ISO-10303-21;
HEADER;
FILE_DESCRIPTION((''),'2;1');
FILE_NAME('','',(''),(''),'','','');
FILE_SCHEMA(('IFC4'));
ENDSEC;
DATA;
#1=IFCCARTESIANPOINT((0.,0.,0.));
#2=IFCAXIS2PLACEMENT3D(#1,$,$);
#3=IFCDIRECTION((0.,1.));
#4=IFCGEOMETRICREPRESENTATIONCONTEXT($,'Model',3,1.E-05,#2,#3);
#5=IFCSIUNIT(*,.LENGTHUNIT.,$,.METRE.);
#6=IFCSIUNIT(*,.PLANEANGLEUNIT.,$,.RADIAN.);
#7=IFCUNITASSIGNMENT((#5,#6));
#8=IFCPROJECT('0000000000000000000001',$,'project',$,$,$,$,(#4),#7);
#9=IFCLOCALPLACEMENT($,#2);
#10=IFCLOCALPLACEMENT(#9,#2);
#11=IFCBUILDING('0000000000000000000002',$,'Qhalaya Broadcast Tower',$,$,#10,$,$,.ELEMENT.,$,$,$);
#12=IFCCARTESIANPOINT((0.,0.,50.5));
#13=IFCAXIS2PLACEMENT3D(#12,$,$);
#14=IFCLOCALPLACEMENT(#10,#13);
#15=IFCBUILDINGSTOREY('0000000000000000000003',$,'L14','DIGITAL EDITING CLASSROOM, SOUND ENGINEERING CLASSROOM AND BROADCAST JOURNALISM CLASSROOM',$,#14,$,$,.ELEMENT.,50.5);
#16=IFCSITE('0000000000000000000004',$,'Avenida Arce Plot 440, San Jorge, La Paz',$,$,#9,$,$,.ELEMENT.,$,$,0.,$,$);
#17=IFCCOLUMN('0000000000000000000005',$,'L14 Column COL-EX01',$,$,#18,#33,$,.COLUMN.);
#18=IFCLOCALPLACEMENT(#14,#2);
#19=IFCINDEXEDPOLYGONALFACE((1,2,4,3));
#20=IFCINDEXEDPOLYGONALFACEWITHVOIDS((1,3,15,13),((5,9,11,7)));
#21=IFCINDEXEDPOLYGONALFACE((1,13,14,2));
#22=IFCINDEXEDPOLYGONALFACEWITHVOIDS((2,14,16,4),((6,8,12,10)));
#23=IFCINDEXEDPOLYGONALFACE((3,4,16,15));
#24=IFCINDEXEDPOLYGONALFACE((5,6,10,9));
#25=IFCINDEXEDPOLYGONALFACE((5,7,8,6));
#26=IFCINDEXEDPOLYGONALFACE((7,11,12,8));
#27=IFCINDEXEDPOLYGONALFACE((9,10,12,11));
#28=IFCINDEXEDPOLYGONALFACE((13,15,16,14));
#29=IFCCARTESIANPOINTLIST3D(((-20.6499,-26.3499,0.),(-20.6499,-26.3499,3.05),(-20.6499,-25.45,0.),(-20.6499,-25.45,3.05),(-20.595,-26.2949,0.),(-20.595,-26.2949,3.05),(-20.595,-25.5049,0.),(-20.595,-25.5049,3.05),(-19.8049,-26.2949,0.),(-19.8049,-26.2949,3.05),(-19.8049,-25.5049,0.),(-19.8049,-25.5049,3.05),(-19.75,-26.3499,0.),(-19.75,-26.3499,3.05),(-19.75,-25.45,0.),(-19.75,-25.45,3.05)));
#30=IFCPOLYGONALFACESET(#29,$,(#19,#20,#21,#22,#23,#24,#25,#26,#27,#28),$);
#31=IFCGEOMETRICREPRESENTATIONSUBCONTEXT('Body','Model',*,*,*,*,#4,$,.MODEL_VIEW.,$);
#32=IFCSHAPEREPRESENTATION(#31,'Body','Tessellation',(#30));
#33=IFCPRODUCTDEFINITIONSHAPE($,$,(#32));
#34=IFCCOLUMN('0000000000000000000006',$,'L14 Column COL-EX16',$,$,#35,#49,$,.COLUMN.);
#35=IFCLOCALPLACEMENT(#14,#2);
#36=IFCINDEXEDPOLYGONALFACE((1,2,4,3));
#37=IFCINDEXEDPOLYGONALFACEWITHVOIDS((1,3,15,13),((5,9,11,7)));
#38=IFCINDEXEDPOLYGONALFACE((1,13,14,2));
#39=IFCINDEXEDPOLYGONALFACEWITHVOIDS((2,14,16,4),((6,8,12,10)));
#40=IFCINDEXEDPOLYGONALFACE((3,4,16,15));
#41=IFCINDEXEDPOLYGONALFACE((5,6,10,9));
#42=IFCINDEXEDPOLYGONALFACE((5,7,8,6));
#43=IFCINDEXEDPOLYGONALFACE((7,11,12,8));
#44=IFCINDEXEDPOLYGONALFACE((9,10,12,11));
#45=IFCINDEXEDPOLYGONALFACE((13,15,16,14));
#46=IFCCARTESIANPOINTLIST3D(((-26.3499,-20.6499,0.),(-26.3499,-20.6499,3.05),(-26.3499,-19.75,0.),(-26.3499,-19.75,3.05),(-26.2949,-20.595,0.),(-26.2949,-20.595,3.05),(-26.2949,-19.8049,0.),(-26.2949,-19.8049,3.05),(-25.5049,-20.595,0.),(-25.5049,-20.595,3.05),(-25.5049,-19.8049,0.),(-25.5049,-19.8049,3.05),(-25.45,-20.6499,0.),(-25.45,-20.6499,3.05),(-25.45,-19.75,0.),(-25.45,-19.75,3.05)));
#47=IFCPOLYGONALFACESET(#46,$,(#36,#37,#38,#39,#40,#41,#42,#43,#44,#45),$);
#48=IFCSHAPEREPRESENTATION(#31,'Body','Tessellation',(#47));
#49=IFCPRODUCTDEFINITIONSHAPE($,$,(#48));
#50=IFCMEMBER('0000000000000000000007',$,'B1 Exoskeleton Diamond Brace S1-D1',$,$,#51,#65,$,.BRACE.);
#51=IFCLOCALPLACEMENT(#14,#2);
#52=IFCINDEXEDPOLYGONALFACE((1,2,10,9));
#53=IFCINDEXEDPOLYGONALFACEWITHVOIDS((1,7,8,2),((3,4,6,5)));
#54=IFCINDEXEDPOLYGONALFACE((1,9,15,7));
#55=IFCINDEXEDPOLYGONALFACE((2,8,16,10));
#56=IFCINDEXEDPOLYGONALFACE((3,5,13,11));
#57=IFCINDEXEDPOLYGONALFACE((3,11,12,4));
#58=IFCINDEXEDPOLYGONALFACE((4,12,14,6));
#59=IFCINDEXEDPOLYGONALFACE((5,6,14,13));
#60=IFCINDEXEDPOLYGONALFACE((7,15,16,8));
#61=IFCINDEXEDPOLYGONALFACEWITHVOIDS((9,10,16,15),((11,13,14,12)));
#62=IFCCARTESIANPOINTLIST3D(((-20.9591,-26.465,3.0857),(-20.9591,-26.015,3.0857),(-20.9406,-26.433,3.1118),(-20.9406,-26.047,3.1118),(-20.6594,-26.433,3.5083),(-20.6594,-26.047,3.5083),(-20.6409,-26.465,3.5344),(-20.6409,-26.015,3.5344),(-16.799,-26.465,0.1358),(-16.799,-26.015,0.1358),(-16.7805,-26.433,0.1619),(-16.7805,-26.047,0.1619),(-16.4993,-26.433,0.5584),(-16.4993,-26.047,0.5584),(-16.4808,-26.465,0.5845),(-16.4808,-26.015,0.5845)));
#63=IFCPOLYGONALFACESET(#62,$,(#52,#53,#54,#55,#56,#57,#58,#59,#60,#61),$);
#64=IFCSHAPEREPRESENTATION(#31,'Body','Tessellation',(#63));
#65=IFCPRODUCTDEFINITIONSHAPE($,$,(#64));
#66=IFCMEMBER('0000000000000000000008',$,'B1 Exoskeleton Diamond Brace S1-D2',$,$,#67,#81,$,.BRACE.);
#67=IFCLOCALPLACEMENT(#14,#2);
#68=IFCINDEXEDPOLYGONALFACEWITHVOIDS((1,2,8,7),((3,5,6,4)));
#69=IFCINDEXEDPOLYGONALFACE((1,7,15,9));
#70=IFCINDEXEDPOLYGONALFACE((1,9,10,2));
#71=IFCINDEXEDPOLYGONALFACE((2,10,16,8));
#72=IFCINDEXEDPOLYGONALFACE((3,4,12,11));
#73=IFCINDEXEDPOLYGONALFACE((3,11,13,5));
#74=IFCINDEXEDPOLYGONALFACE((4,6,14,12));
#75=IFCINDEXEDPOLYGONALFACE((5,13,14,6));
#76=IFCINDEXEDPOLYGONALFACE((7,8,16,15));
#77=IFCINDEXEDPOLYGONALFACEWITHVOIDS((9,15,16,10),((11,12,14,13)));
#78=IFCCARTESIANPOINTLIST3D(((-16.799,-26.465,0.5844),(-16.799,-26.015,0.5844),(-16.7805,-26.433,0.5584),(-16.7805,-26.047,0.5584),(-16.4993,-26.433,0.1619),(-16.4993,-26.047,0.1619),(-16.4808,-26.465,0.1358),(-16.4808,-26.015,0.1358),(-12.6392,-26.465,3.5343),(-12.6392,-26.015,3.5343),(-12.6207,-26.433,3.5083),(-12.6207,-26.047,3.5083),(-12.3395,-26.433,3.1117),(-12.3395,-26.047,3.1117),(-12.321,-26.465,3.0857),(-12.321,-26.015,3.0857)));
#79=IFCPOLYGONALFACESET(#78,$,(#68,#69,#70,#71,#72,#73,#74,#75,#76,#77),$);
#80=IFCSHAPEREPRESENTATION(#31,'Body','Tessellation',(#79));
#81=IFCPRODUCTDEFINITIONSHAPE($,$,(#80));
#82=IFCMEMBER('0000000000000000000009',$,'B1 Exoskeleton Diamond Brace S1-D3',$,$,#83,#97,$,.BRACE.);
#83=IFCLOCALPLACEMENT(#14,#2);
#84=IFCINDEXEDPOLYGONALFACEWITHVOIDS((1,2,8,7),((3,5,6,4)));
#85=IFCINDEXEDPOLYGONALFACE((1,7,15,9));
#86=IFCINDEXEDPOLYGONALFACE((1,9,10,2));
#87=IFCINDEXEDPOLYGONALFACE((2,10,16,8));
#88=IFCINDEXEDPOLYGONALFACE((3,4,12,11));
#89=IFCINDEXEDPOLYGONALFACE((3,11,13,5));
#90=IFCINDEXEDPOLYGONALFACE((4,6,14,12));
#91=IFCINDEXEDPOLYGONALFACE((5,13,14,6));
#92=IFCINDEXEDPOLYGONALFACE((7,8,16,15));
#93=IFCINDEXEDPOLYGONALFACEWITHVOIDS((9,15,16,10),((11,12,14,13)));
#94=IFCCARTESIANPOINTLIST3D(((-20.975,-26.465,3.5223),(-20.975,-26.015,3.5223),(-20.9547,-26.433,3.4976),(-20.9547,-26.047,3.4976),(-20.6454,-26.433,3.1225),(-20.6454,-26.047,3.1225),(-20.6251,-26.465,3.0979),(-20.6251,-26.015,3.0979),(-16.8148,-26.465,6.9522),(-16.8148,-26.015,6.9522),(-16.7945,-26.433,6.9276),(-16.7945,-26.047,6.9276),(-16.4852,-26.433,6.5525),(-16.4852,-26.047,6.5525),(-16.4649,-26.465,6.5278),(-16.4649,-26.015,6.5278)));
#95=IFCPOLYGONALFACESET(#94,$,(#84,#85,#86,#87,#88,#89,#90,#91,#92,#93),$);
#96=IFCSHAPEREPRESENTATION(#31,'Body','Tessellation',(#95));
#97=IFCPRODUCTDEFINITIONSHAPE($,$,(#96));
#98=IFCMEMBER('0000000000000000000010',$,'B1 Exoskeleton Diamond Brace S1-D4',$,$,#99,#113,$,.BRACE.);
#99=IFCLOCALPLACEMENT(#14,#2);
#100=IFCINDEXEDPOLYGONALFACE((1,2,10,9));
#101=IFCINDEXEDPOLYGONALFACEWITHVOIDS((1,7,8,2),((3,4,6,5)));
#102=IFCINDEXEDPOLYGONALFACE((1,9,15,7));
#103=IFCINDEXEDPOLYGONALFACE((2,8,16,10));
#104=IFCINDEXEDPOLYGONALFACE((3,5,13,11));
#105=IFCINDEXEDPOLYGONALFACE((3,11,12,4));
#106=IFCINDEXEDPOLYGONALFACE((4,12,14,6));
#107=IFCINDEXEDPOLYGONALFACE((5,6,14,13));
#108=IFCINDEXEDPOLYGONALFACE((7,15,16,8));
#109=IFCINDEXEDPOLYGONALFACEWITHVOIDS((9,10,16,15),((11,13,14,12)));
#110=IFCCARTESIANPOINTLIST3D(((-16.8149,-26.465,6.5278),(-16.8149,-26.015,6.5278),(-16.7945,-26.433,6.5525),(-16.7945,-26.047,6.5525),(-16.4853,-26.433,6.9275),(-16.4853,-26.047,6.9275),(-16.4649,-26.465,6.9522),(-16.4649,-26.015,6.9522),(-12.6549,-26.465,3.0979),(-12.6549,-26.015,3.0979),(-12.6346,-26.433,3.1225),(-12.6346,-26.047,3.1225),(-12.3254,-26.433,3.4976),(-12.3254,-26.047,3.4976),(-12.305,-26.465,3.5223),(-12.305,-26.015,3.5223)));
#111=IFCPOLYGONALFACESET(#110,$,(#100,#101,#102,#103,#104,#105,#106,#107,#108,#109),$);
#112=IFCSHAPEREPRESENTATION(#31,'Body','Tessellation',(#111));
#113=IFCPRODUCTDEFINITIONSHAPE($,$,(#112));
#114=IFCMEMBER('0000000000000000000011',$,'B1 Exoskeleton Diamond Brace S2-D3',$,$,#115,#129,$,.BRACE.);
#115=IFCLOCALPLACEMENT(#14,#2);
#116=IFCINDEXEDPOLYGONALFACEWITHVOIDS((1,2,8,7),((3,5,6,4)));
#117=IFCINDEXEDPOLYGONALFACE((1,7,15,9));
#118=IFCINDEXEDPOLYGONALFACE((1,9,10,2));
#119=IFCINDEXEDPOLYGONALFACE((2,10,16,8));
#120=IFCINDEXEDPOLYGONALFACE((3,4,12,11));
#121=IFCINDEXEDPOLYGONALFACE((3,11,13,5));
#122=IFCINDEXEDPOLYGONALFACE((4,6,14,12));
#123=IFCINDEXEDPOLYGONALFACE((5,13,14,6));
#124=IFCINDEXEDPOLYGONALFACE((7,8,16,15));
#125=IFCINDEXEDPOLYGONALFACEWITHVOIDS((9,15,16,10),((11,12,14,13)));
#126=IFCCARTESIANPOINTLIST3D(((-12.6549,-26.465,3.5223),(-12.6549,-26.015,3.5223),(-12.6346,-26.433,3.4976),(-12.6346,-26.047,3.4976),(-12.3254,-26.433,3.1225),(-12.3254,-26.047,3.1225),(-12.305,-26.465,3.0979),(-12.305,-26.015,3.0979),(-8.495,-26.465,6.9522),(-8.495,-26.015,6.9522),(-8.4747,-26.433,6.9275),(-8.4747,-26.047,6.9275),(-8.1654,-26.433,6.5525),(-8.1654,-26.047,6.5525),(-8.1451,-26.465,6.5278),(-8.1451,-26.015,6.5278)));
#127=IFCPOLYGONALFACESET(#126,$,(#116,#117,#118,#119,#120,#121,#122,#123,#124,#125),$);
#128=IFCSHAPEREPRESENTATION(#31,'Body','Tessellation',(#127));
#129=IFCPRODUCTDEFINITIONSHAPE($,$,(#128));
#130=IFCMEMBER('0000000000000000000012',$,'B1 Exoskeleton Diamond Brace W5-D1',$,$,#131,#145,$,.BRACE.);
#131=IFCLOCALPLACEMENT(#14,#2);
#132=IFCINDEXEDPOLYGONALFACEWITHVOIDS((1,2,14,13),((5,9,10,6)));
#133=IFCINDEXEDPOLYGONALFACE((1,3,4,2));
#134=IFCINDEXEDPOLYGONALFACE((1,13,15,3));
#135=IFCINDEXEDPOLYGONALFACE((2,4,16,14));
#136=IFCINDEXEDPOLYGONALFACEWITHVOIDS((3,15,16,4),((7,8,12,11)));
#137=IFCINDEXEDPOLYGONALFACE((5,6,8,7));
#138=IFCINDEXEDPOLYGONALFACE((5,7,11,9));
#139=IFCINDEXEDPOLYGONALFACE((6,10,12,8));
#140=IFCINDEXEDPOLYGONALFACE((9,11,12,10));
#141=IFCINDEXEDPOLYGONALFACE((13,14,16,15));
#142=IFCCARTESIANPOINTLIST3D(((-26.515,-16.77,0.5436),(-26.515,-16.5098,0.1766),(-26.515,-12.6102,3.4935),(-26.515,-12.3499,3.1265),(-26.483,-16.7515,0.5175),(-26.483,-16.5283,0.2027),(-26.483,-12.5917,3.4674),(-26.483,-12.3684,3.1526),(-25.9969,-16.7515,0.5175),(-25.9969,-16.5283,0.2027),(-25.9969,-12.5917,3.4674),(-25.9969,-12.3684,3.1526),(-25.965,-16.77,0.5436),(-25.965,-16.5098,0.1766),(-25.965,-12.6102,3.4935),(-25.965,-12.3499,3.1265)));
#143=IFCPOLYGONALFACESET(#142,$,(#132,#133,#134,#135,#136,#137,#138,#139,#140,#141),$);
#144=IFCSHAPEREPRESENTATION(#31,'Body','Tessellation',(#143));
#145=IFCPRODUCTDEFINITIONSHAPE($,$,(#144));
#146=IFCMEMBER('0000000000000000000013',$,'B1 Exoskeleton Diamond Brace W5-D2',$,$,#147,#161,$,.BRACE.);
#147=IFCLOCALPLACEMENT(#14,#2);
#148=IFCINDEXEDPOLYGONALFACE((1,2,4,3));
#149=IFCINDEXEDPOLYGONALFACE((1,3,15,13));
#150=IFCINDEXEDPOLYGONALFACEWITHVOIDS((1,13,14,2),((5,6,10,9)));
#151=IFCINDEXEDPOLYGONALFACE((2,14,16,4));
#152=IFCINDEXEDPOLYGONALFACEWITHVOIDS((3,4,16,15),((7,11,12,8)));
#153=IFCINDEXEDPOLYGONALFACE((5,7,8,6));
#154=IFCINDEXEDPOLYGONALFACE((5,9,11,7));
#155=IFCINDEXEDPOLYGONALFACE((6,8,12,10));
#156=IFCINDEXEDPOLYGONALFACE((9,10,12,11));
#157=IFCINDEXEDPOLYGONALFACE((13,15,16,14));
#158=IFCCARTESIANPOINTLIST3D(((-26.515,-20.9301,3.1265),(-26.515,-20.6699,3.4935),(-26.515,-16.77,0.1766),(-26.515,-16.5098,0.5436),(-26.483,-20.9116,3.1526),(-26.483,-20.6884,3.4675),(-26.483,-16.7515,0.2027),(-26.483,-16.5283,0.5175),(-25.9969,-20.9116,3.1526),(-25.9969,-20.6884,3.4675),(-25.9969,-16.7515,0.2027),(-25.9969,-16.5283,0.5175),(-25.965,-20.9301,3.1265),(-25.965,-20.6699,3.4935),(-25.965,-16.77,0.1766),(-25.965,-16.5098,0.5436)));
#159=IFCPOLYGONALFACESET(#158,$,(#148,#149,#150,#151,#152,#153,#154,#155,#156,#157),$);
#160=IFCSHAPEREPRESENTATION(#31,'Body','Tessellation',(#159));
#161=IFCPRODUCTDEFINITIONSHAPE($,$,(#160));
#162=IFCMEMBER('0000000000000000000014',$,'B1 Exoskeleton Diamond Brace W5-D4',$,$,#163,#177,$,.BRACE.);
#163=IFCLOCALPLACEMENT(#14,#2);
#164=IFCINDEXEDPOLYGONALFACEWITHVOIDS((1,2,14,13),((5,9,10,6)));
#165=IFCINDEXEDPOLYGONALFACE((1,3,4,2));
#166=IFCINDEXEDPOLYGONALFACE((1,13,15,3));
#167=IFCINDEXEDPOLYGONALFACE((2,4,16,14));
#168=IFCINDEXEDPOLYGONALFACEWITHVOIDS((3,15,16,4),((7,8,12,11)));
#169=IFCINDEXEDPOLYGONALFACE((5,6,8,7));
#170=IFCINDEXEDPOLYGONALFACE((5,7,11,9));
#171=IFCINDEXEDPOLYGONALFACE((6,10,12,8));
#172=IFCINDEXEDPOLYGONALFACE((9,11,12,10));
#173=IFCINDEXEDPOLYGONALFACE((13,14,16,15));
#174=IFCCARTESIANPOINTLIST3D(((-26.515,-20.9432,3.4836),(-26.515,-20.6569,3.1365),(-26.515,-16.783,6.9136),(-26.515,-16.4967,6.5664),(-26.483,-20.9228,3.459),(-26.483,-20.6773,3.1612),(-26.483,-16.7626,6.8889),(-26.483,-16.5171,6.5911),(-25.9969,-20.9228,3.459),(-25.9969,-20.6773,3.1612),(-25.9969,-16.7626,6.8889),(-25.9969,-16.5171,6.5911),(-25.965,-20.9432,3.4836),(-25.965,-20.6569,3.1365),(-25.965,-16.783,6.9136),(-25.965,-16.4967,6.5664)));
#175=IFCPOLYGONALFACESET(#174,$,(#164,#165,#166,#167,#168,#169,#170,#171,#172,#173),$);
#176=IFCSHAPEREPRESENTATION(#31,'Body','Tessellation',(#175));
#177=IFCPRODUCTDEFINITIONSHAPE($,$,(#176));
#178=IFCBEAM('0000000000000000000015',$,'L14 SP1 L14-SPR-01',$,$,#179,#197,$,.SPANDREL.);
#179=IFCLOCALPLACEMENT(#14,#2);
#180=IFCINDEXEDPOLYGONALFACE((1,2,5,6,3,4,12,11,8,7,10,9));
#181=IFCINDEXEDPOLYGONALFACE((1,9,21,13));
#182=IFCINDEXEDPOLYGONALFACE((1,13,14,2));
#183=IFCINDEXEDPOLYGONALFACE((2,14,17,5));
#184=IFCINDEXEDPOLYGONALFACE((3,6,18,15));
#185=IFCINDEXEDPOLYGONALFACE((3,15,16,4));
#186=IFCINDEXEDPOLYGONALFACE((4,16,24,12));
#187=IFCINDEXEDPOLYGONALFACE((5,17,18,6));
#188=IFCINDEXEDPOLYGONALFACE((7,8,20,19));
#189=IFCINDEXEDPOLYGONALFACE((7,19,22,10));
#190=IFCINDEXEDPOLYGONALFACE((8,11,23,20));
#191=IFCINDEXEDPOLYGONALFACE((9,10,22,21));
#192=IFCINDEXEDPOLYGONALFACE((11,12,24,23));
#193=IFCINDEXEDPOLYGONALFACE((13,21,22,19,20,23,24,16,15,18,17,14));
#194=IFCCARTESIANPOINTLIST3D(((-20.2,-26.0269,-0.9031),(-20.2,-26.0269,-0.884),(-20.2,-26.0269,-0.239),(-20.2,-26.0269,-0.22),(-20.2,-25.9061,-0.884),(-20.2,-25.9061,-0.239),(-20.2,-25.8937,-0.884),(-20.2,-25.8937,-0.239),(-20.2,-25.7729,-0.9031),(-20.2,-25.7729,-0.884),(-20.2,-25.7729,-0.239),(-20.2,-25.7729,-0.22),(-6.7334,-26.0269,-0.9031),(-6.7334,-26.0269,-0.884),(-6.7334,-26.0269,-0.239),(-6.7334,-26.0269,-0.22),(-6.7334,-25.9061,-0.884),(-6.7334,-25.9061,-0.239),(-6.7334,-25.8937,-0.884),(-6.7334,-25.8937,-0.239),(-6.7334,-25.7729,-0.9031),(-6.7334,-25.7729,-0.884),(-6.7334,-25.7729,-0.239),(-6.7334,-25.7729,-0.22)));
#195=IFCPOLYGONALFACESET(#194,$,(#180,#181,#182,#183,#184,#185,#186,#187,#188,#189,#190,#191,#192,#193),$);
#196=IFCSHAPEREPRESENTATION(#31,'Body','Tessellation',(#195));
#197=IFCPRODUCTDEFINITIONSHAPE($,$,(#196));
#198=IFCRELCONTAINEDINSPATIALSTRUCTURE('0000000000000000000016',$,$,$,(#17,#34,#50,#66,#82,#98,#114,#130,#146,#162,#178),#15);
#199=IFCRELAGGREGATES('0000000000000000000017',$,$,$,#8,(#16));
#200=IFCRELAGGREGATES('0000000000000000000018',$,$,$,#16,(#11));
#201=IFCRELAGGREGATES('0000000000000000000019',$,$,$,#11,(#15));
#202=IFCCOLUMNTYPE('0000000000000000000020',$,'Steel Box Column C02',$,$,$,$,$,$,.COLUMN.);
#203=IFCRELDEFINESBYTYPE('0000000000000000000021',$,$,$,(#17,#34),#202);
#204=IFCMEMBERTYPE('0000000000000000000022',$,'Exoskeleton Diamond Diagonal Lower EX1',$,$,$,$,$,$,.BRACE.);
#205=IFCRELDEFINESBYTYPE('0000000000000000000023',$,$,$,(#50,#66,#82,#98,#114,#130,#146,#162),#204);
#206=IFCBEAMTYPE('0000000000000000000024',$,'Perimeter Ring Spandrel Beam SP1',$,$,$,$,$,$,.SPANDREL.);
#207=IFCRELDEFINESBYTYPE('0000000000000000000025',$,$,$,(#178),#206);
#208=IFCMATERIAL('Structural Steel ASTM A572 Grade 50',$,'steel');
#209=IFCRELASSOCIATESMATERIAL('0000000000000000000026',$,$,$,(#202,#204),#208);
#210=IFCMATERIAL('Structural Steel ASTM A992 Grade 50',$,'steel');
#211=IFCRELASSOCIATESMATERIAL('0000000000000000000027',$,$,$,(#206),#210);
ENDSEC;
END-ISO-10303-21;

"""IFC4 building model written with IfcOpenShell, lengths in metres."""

from ifc_helpers import new_model, si_unit, direction, frame, origin, origin_2d, place, context, subcontext, project, spatial, hollow_rectangle, i_section, extrude, material, material_profile, profile_set, type_object, element, save


model = new_model("IFC4")

# Units and contexts
model_context = context("Model", 3, precision=1e-05, world=origin(), true_north=direction((0.0, 1.0)))
body_context = subcontext(model_context, "Body", "Model", "MODEL_VIEW")
ifc_project = project(units=[si_unit("LENGTHUNIT", "METRE"), si_unit("PLANEANGLEUNIT", "RADIAN")], contexts=[model_context])

# Site, building, storey
site_placement = place(None, origin())
site = spatial("IfcSite", under=ifc_project, at=site_placement, Name="Avenida Arce Plot 440, San Jorge, La Paz", CompositionType="ELEMENT", RefElevation=0.0)
building_placement = place(site_placement, origin())
building = spatial("IfcBuilding", under=site, at=building_placement, Name="Qhalaya Broadcast Tower", CompositionType="ELEMENT")
storey_placement = place(building_placement, frame((0.0, 0.0, 50.5)))
storey = spatial("IfcBuildingStorey", under=building, at=storey_placement, Name="L14", Description="DIGITAL EDITING CLASSROOM, SOUND ENGINEERING CLASSROOM AND BROADCAST JOURNALISM CLASSROOM", CompositionType="ELEMENT", Elevation=50.5)

# Columns
ifc_material_1 = material(Name="Structural Steel ASTM A572 Grade 50", Category="steel")
ifc_material_profile_1 = material_profile(ifc_material_1, hollow_rectangle(XDim=0.8999, YDim=0.8999, WallThickness=0.0549, at=origin_2d()), Name="BOX 900x900x55")
ifc_profile_set_1 = profile_set([ifc_material_profile_1], Name="Structural Steel ASTM A572 Grade 50")
column_type = type_object("IfcColumnType", Name="Steel Box Column C02", PredefinedType="COLUMN", material=ifc_profile_set_1)
for number, where, z_axis, x_axis, name in (
    (1, (-20.2, -25.8999, 0.0), (0.0, 0.0, 1.0), (1.0, 0.0, 0.0), "L14 Column COL-EX01"),
    (2, (-25.8999, -20.2, 0.0), (0.0, 0.0, 1.0), (0.0, 1.0, 0.0), "L14 Column COL-EX16"),
):
    element("IfcColumn", number, at=place(storey_placement, frame(where, z_axis=z_axis, x_axis=x_axis)), inside=storey, type_object=column_type, Name=name, PredefinedType="COLUMN", context=body_context, shape_type="SweptSolid", body=[
        extrude(hollow_rectangle(XDim=0.8999, YDim=0.8999, WallThickness=0.0549, at=origin_2d()), origin(), (0.0, 0.0, 1.0), 3.05),
    ])

# Members
ifc_material_profile_2 = material_profile(ifc_material_1, hollow_rectangle(XDim=0.45, YDim=0.55, WallThickness=0.032, at=origin_2d()), Name="BOX 450x550x32")
ifc_profile_set_2 = profile_set([ifc_material_profile_2], Name="Structural Steel ASTM A572 Grade 50")
member_type = type_object("IfcMemberType", Name="Exoskeleton Diamond Diagonal Lower EX1", PredefinedType="BRACE", material=ifc_profile_set_2)
member_1_placement = place(storey_placement, frame((-16.6399, -26.24, 0.3601), z_axis=(-0.815731, 0.0, 0.578432), x_axis=(0.0, -1.0, 0.0)))
element("IfcMember", 3, at=member_1_placement, inside=storey, type_object=member_type, Name="B1 Exoskeleton Diamond Brace S1-D1", PredefinedType="BRACE", context=body_context, shape_type="SweptSolid", body=[
    extrude(hollow_rectangle(XDim=0.45, YDim=0.55, WallThickness=0.032, at=origin_2d()), origin(), (0.0, 0.0, 1.0), 5.0999),
])
member_2_placement = place(storey_placement, frame((-16.6399, -26.24, 0.3601), z_axis=(0.815715, 0.0, 0.578454), x_axis=(0.0, 1.0, 0.0)))
element("IfcMember", 4, at=member_2_placement, inside=storey, type_object=member_type, Name="B1 Exoskeleton Diamond Brace S1-D2", PredefinedType="BRACE", context=body_context, shape_type="SweptSolid", body=[
    extrude(hollow_rectangle(XDim=0.45, YDim=0.55, WallThickness=0.032, at=origin_2d()), origin(), (0.0, 0.0, 1.0), 5.0996),
])
member_3_placement = place(storey_placement, frame((-20.8, -26.24, 3.3101), z_axis=(0.771573, 0.0, 0.63614), x_axis=(0.0, 1.0, 0.0)))
element("IfcMember", 5, at=member_3_placement, inside=storey, type_object=member_type, Name="B1 Exoskeleton Diamond Brace S1-D3", PredefinedType="BRACE", context=body_context, shape_type="SweptSolid", body=[
    extrude(hollow_rectangle(XDim=0.45, YDim=0.55, WallThickness=0.032, at=origin_2d()), origin(), (0.0, 0.0, 1.0), 5.3918),
])
for number, where, z_axis, x_axis, name in (
    (6, (-12.48, -26.24, 3.3101), (-0.771555, 0.0, 0.636163), (0.0, -1.0, 0.0), "B1 Exoskeleton Diamond Brace S1-D4"),
    (7, (-12.48, -26.24, 3.3101), (0.771555, 0.0, 0.636163), (0.0, 1.0, 0.0), "B1 Exoskeleton Diamond Brace S2-D3"),
):
    element("IfcMember", number, at=place(storey_placement, frame(where, z_axis=z_axis, x_axis=x_axis)), inside=storey, type_object=member_type, Name=name, PredefinedType="BRACE", context=body_context, shape_type="SweptSolid", body=[
        extrude(hollow_rectangle(XDim=0.45, YDim=0.55, WallThickness=0.032, at=origin_2d()), origin(), (0.0, 0.0, 1.0), 5.3916),
    ])
member_4_placement = place(storey_placement, frame((-26.24, -16.6399, 0.3601), z_axis=(0.0, 0.815715, 0.578454), x_axis=(0.0, -0.578454, 0.815715)))
element("IfcMember", 8, at=member_4_placement, inside=storey, type_object=member_type, Name="B1 Exoskeleton Diamond Brace W5-D1", PredefinedType="BRACE", context=body_context, shape_type="SweptSolid", body=[
    extrude(hollow_rectangle(XDim=0.45, YDim=0.55, WallThickness=0.032, at=origin_2d()), origin(), (0.0, 0.0, 1.0), 5.0996),
])
member_5_placement = place(storey_placement, frame((-26.24, -16.6399, 0.3601), z_axis=(0.0, -0.815731, 0.578432), x_axis=(0.0, 0.578432, 0.815731)))
element("IfcMember", 9, at=member_5_placement, inside=storey, type_object=member_type, Name="B1 Exoskeleton Diamond Brace W5-D2", PredefinedType="BRACE", context=body_context, shape_type="SweptSolid", body=[
    extrude(hollow_rectangle(XDim=0.45, YDim=0.55, WallThickness=0.032, at=origin_2d()), origin(), (0.0, 0.0, 1.0), 5.0999),
])
member_6_placement = place(storey_placement, frame((-26.24, -20.8, 3.3101), z_axis=(0.0, 0.771573, 0.63614), x_axis=(0.0, -0.63614, 0.771573)))
element("IfcMember", 10, at=member_6_placement, inside=storey, type_object=member_type, Name="B1 Exoskeleton Diamond Brace W5-D4", PredefinedType="BRACE", context=body_context, shape_type="SweptSolid", body=[
    extrude(hollow_rectangle(XDim=0.45, YDim=0.55, WallThickness=0.032, at=origin_2d()), origin(), (0.0, 0.0, 1.0), 5.3918),
])

# Beam
ifc_material_2 = material(Name="Structural Steel ASTM A992 Grade 50", Category="steel")
ifc_material_profile_3 = material_profile(ifc_material_2, i_section(OverallWidth=0.2539, OverallDepth=0.6831, WebThickness=0.0125, FlangeThickness=0.019, at=origin_2d()), Name="W27X94")
ifc_profile_set_3 = profile_set([ifc_material_profile_3], Name="Structural Steel ASTM A992 Grade 50")
beam_type = type_object("IfcBeamType", Name="Perimeter Ring Spandrel Beam SP1", PredefinedType="SPANDREL", material=ifc_profile_set_3)
beam_1_placement = place(storey_placement, frame((-20.2, -25.8999, -0.5615), z_axis=(1.0, 0.0, 0.0), x_axis=(0.0, 1.0, 0.0)))
element("IfcBeam", 11, at=beam_1_placement, inside=storey, type_object=beam_type, Name="L14 SP1 L14-SPR-01", PredefinedType="SPANDREL", context=body_context, shape_type="SweptSolid", body=[
    extrude(i_section(OverallWidth=0.2539, OverallDepth=0.6831, WebThickness=0.0125, FlangeThickness=0.019, at=origin_2d()), origin(), (0.0, 0.0, 1.0), 13.4666),
])

save(model, "model.ifc")
